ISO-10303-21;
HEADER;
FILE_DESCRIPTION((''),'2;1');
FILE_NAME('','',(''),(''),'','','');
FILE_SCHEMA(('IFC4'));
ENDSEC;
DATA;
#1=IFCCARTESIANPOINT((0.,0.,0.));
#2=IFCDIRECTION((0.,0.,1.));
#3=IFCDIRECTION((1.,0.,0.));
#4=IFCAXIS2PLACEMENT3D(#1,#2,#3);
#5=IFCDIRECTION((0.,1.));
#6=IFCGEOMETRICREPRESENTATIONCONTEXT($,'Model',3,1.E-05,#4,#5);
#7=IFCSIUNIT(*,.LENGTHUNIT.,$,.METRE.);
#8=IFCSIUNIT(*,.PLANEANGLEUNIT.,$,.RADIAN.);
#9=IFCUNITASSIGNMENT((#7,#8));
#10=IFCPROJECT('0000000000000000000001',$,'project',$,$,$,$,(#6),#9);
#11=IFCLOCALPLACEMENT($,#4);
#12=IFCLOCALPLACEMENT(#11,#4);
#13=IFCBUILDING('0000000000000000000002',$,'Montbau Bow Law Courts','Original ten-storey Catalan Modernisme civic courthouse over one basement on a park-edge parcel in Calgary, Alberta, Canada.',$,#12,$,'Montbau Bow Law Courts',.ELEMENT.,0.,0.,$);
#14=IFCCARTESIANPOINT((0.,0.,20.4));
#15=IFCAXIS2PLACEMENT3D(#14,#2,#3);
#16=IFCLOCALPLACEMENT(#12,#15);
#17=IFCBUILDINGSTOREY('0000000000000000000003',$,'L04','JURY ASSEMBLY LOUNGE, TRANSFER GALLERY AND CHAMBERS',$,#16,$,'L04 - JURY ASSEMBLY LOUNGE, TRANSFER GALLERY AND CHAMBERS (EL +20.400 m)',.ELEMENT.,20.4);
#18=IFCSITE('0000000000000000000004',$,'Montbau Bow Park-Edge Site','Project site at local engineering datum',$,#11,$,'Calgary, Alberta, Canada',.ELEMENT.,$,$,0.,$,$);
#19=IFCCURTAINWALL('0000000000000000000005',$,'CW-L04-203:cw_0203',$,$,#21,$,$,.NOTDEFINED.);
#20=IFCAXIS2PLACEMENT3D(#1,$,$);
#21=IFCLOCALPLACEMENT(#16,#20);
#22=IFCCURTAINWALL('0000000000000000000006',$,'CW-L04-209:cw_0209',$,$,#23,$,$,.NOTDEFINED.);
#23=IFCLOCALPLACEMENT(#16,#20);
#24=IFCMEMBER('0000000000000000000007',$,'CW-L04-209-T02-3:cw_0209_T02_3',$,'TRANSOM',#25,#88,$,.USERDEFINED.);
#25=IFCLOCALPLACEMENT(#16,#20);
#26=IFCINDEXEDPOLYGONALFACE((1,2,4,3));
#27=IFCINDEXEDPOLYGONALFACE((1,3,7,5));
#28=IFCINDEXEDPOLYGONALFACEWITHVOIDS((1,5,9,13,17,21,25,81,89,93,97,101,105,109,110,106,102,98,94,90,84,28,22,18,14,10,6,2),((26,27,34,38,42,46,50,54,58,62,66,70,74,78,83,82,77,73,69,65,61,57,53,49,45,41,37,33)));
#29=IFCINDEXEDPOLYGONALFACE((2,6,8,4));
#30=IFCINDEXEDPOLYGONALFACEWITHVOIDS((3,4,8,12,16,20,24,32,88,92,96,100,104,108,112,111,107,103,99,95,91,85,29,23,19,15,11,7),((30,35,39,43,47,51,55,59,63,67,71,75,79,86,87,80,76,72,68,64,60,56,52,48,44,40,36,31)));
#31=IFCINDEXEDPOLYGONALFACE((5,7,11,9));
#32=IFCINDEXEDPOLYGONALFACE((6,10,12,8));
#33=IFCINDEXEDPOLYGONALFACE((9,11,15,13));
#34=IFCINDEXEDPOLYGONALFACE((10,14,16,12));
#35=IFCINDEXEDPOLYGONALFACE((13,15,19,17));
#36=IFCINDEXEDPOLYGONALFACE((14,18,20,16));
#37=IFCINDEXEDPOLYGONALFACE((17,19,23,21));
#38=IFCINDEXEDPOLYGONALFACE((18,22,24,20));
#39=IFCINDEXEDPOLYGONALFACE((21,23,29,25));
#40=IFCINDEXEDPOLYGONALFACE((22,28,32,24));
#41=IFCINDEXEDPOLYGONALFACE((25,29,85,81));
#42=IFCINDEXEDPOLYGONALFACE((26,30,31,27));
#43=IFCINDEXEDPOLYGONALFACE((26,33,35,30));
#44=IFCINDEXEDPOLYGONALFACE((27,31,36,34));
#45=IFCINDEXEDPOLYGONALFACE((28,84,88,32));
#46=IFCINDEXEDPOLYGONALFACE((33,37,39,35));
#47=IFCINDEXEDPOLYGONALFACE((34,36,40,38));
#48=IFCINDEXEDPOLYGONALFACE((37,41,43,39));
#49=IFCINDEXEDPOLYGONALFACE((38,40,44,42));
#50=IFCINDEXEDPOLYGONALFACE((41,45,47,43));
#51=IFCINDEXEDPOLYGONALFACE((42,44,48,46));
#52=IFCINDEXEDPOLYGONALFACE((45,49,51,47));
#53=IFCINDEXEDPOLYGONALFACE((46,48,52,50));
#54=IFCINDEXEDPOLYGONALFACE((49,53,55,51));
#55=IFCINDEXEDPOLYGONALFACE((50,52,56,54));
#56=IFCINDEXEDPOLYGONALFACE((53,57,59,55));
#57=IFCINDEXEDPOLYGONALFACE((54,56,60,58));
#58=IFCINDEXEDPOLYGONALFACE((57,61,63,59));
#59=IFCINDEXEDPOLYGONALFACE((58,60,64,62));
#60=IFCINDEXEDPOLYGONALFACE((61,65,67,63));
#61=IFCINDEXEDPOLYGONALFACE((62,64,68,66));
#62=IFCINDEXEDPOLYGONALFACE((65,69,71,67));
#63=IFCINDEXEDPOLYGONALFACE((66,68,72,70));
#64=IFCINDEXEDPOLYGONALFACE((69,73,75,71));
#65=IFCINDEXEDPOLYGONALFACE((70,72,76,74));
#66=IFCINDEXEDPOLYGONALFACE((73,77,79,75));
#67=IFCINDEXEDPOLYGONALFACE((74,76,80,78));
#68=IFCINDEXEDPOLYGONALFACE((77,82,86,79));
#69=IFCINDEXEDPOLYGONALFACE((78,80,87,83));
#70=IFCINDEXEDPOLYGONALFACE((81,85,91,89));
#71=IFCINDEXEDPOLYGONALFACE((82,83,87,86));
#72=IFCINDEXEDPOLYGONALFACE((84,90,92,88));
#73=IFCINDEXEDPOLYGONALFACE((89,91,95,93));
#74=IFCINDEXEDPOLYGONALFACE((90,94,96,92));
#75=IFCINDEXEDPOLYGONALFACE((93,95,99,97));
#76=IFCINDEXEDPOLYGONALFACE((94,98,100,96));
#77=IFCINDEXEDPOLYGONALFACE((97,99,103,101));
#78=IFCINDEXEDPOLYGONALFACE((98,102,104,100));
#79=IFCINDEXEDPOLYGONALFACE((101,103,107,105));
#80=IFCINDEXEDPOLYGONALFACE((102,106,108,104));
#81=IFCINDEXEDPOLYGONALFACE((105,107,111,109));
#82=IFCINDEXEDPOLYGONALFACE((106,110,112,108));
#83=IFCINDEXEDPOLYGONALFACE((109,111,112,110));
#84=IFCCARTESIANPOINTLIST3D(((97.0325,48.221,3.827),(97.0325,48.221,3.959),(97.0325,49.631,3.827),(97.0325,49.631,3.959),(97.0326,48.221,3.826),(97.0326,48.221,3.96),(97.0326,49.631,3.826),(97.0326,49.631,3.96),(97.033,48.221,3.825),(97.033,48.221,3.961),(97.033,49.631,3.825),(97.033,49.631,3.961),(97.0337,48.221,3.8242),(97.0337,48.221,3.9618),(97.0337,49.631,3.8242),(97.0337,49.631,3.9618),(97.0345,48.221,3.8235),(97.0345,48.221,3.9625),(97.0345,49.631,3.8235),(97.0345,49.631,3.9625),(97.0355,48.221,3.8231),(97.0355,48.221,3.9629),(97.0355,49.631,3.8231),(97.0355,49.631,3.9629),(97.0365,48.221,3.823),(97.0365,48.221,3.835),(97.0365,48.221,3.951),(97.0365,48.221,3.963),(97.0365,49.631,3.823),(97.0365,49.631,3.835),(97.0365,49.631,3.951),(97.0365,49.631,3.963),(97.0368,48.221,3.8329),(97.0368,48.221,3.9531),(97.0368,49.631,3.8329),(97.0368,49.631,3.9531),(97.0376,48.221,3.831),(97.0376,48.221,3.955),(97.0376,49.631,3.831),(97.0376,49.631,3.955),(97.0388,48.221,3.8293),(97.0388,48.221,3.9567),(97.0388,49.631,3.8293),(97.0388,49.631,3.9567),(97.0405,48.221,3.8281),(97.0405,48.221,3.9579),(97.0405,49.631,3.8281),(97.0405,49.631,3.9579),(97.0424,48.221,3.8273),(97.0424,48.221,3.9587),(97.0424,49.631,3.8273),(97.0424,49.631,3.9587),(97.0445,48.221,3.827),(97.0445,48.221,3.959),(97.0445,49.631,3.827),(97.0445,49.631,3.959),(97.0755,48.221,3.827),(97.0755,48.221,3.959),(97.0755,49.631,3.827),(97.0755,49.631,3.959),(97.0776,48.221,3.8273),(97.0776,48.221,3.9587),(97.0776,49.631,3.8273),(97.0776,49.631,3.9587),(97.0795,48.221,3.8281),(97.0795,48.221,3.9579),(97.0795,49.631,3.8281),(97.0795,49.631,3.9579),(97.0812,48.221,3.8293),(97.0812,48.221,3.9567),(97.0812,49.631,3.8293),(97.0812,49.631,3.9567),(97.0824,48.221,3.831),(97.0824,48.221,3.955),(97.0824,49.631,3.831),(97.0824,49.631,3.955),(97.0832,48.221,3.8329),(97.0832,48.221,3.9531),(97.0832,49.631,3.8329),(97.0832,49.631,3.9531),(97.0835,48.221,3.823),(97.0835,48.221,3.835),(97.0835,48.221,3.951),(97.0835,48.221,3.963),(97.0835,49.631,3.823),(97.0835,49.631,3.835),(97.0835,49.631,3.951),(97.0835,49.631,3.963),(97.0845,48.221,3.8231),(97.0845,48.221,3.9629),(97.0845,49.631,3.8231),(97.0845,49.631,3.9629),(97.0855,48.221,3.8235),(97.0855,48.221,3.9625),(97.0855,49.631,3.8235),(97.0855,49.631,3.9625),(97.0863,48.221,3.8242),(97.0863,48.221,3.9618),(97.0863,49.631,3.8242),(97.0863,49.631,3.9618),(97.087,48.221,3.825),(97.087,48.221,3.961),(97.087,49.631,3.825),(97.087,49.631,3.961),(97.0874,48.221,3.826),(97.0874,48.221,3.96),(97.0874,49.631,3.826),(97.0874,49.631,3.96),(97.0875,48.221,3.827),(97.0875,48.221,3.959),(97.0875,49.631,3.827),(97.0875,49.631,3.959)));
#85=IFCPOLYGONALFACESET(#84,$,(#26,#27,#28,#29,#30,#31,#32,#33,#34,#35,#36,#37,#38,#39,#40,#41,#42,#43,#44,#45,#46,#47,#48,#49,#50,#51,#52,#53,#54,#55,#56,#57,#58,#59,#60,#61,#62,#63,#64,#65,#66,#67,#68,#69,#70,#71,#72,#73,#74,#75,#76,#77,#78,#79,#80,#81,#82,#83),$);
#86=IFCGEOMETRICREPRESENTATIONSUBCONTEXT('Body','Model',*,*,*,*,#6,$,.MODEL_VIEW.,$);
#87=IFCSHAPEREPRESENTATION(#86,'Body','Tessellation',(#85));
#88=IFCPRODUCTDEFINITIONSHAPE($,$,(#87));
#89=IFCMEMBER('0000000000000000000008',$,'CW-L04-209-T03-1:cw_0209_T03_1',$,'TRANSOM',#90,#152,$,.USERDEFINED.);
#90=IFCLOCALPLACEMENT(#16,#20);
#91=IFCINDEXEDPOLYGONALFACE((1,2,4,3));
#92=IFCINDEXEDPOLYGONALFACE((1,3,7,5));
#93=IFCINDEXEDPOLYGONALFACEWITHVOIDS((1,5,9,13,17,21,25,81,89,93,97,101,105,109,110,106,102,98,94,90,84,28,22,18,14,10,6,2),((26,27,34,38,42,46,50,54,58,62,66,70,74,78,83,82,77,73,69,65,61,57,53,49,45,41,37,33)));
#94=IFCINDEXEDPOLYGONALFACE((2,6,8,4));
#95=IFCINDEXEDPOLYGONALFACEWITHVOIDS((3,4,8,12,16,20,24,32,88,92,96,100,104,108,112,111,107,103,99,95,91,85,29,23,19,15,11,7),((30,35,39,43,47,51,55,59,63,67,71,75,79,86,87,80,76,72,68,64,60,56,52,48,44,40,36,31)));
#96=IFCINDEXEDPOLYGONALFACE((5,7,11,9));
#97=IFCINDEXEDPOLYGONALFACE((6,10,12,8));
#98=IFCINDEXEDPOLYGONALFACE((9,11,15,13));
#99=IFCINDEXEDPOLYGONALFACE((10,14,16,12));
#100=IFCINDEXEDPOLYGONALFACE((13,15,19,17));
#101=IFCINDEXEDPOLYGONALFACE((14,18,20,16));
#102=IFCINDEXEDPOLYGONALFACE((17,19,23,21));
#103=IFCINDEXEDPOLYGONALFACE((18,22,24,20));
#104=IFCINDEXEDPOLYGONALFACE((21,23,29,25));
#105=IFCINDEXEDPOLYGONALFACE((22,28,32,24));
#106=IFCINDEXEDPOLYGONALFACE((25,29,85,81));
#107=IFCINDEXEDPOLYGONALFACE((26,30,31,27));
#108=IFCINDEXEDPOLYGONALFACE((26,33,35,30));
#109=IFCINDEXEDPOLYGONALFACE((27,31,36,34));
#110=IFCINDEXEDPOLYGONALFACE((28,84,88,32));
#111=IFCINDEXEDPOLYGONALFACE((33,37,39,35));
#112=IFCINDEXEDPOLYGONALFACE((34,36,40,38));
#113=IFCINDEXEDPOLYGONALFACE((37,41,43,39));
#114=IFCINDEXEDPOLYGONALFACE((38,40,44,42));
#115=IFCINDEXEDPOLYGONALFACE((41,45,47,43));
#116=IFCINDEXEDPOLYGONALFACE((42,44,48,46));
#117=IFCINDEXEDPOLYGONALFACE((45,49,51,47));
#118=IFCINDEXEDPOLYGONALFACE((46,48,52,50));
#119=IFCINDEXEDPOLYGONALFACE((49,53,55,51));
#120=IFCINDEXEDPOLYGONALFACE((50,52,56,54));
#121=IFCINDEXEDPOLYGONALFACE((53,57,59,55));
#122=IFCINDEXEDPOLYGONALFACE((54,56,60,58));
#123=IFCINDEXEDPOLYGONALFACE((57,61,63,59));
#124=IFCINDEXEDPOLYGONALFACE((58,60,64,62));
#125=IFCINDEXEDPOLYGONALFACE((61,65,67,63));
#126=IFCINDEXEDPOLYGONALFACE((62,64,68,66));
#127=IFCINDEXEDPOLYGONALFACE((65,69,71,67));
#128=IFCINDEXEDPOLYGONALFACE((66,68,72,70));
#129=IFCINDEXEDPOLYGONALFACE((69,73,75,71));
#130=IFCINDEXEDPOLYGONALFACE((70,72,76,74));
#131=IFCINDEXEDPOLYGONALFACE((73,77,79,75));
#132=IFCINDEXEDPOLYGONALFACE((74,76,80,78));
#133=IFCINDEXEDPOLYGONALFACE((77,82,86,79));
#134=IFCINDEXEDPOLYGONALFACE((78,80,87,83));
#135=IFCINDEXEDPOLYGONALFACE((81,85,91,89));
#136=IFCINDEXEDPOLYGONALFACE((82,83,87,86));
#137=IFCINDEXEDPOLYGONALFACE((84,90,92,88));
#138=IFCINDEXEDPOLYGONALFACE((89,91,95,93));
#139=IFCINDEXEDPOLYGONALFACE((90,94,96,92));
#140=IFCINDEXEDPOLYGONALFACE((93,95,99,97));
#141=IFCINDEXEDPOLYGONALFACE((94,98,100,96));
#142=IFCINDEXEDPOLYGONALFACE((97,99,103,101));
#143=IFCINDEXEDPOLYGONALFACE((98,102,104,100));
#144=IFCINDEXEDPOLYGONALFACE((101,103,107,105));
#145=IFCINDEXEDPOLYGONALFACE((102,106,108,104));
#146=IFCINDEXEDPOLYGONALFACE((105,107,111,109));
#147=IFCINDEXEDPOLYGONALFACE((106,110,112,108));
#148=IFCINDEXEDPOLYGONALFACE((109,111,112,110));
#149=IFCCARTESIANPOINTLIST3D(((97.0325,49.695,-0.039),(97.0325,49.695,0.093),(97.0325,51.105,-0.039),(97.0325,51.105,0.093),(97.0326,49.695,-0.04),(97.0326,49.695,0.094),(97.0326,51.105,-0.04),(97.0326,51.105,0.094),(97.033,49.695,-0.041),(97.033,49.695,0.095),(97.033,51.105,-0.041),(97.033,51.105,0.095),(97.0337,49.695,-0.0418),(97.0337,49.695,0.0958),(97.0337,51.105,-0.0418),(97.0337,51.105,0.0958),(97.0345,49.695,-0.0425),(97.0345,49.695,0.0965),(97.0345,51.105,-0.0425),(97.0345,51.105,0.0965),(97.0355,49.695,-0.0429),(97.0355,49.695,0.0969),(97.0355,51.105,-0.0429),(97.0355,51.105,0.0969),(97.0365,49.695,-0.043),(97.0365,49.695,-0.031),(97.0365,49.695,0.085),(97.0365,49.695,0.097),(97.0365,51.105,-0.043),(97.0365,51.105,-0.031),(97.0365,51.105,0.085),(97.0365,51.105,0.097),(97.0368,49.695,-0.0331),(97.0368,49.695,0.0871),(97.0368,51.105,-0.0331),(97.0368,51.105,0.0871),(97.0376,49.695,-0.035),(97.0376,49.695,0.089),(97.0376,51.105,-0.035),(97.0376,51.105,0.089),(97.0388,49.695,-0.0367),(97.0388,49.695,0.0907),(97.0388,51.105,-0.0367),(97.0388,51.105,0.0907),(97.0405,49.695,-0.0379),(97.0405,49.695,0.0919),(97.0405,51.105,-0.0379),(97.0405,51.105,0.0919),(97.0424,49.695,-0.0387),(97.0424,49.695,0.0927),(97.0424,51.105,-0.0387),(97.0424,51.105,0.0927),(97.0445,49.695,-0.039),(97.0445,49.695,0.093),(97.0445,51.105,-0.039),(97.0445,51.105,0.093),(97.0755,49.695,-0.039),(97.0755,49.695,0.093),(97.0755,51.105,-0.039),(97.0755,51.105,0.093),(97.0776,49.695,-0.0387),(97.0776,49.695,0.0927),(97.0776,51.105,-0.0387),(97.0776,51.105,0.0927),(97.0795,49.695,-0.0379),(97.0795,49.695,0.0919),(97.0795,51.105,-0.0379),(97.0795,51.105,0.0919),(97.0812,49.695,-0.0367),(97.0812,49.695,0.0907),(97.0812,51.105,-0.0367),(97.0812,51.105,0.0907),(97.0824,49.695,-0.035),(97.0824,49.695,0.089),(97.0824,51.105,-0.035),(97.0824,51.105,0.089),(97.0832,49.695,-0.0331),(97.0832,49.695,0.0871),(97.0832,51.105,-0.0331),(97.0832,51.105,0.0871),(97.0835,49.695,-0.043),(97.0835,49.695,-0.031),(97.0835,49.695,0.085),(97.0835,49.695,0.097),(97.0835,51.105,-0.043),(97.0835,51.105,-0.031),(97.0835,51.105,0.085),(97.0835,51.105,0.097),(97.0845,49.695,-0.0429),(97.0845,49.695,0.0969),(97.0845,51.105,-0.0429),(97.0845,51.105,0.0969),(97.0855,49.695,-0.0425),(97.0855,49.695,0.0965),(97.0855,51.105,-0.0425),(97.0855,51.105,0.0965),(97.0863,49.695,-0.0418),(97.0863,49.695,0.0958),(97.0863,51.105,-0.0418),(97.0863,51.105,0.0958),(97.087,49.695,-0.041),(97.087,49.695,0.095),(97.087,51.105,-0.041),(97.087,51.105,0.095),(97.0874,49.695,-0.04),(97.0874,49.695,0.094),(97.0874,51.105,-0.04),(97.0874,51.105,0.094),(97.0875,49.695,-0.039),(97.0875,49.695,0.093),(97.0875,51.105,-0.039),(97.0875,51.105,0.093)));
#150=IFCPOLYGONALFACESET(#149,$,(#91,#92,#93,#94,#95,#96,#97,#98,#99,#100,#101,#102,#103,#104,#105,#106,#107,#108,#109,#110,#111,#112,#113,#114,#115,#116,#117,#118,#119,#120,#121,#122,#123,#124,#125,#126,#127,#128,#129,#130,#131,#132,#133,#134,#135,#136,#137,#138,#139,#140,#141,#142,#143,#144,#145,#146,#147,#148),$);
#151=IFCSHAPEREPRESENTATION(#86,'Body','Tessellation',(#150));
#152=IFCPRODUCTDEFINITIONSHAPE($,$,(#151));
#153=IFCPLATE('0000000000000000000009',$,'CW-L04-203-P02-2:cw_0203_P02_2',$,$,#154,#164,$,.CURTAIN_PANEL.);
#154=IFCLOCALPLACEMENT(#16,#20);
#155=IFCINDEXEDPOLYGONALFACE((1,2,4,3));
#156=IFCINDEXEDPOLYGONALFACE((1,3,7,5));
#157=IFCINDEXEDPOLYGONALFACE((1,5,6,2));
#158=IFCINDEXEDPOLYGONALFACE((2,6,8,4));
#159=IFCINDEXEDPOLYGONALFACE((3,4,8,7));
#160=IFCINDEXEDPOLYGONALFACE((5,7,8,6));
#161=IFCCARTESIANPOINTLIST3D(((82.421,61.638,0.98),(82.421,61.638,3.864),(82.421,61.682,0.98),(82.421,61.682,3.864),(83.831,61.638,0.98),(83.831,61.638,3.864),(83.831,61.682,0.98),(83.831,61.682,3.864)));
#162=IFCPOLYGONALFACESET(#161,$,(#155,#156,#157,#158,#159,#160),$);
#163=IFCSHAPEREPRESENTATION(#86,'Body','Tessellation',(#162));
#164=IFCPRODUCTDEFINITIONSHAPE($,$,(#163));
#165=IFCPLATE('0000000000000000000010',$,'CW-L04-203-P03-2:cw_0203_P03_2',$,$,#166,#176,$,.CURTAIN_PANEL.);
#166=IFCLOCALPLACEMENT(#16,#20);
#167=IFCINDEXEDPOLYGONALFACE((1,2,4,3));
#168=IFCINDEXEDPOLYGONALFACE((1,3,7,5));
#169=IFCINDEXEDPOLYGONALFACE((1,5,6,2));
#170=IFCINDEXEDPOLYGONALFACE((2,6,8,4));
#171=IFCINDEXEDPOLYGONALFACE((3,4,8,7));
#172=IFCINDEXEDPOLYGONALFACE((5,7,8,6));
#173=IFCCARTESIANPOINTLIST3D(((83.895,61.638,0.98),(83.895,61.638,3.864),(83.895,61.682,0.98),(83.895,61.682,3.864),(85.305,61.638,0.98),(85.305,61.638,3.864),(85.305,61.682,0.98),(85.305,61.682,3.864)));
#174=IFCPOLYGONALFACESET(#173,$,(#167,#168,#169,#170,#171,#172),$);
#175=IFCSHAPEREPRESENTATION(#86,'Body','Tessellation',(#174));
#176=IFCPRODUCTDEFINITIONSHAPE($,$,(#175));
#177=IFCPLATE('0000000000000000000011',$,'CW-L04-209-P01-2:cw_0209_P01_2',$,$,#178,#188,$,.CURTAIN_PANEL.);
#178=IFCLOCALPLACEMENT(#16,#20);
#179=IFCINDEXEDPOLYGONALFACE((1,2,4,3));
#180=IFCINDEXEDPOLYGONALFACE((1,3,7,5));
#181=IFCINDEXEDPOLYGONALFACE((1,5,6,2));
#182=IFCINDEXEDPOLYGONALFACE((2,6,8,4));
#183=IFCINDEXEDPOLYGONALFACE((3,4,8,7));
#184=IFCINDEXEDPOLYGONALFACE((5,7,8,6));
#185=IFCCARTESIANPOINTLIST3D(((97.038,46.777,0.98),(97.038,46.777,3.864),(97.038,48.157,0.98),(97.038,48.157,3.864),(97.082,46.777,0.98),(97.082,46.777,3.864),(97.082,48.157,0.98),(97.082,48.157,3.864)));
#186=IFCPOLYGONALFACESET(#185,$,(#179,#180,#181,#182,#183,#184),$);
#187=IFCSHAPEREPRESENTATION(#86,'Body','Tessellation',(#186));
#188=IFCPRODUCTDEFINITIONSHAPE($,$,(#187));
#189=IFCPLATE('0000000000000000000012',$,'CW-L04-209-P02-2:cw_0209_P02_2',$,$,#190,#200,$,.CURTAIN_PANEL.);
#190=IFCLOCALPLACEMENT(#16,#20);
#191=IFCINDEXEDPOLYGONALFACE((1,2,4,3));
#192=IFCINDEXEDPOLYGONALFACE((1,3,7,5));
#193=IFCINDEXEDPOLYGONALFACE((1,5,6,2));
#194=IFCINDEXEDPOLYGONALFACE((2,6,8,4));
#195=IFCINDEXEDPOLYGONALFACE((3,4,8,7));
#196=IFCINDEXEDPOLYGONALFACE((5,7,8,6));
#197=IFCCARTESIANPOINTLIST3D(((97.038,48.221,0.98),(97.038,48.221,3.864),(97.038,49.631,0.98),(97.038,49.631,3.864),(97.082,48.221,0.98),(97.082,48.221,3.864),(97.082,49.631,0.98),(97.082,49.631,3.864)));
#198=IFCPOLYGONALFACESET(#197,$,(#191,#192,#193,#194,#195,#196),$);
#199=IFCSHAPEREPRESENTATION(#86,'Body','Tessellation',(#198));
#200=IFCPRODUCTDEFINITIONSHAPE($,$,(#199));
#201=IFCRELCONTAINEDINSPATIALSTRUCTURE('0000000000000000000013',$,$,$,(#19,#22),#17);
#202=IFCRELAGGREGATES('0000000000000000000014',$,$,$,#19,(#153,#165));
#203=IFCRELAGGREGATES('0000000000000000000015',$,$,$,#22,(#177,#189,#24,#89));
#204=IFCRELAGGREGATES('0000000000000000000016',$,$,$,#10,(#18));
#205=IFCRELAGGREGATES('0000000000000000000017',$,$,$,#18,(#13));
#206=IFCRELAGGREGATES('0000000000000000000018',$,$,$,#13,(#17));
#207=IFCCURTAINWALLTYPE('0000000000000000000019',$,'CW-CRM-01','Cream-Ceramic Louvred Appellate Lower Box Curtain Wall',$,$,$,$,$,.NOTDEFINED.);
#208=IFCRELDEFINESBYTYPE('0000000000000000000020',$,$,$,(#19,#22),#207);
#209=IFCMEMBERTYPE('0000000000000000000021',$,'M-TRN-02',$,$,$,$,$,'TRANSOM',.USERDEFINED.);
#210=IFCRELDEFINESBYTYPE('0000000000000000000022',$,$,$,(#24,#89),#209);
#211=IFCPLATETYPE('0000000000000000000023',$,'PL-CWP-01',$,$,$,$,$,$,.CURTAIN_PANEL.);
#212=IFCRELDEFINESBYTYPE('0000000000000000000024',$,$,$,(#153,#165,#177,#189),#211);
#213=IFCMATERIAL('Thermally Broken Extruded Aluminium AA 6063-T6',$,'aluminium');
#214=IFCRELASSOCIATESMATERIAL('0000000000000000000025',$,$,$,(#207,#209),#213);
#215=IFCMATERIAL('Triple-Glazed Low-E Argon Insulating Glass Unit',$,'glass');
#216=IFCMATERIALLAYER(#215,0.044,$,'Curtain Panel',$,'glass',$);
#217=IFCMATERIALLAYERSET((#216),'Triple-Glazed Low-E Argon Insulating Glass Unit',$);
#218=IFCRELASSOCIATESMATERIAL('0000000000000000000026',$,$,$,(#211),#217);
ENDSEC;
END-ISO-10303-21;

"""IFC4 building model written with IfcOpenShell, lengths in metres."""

from ifc_helpers import new_model, si_unit, direction, frame, frame_2d, origin_with_axes, origin_2d_with_axis, place, context, subcontext, project, spatial, rectangle, hollow_rectangle, extrude, material, layer, layer_set, material_profile, profile_set, type_object, element, aggregate, save


model = new_model("IFC4")

# Units and contexts
model_context = context("Model", 3, precision=1e-05, world=origin_with_axes(), true_north=direction((0.0, 1.0)))
body_context = subcontext(model_context, "Body", "Model", "MODEL_VIEW")
ifc_project = project(units=[si_unit("LENGTHUNIT", "METRE"), si_unit("PLANEANGLEUNIT", "RADIAN")], contexts=[model_context])

# Site, building, storey
site_placement = place(None, origin_with_axes())
site = spatial("IfcSite", under=ifc_project, at=site_placement, Name="Montbau Bow Park-Edge Site", Description="Project site at local engineering datum", LongName="Calgary, Alberta, Canada", CompositionType="ELEMENT", RefElevation=0.0)
building_placement = place(site_placement, origin_with_axes())
building = spatial("IfcBuilding", under=site, at=building_placement, Name="Montbau Bow Law Courts", Description="Original ten-storey Catalan Modernisme civic courthouse over one basement on a park-edge parcel in Calgary, Alberta, Canada.", LongName="Montbau Bow Law Courts", CompositionType="ELEMENT", ElevationOfRefHeight=0.0, ElevationOfTerrain=0.0)
storey_placement = place(building_placement, frame((0.0, 0.0, 20.4), z_axis=(0.0, 0.0, 1.0), x_axis=(1.0, 0.0, 0.0)))
storey = spatial("IfcBuildingStorey", under=building, at=storey_placement, Name="L04", Description="JURY ASSEMBLY LOUNGE, TRANSFER GALLERY AND CHAMBERS", LongName="L04 - JURY ASSEMBLY LOUNGE, TRANSFER GALLERY AND CHAMBERS (EL +20.400 m)", CompositionType="ELEMENT", Elevation=20.4)

# Curtain wall
ifc_material_1 = material(Name="Thermally Broken Extruded Aluminium AA 6063-T6", Category="aluminium")
curtain_wall_type = type_object("IfcCurtainWallType", Name="CW-CRM-01", Description="Cream-Ceramic Louvred Appellate Lower Box Curtain Wall", PredefinedType="NOTDEFINED", material=ifc_material_1)
curtain_wall_1_placement = place(None, frame((80.915, 61.66, 20.4), z_axis=(0.0, 0.0, 1.0), x_axis=(1.0, 0.0, 0.0)))
curtain_wall_1 = element("IfcCurtainWall", 1, at=curtain_wall_1_placement, inside=storey, type_object=curtain_wall_type, Name="CW-L04-203:cw_0203", PredefinedType="NOTDEFINED")

# Curtain wall
curtain_wall_2_placement = place(None, frame((97.06, 46.715, 20.4), z_axis=(0.0, 0.0, 1.0), x_axis=(1.0, 0.0, 0.0)))
curtain_wall_2 = element("IfcCurtainWall", 2, at=curtain_wall_2_placement, inside=storey, type_object=curtain_wall_type, Name="CW-L04-209:cw_0209", PredefinedType="NOTDEFINED")

# Members
ifc_material_profile_1 = material_profile(ifc_material_1, hollow_rectangle(XDim=0.055, YDim=0.14, WallThickness=0.004, InnerFilletRadius=0.008, OuterFilletRadius=0.004, at=origin_2d_with_axis()), Name="CWT-140X55", Category="Main", Priority=0)
ifc_profile_set_1 = profile_set([ifc_material_profile_1], Name="Thermally Broken Extruded Aluminium AA 6063-T6")
member_type_1 = type_object("IfcMemberType", Name="M-TRN-02", ElementType="TRANSOM", PredefinedType="USERDEFINED", material=ifc_profile_set_1)
member_1_placement = place(None, frame((97.06, 48.221, 24.293), z_axis=(0.0, 1.0, 0.0), x_axis=(-1.0, 0.0, 0.0)))
member_1 = element("IfcMember", 3, at=member_1_placement, type_object=member_type_1, Name="CW-L04-209-T02-3:cw_0209_T02_3", ObjectType="TRANSOM", PredefinedType="USERDEFINED", context=body_context, shape_type="SweptSolid", body=[
    extrude(hollow_rectangle(XDim=0.055, YDim=0.14, WallThickness=0.004, InnerFilletRadius=0.008, OuterFilletRadius=0.004, at=origin_2d_with_axis()), origin_with_axes(), (0.0, 0.0, 1.0), 1.41),
])
member_2_placement = place(None, frame((97.06, 49.695, 20.427), z_axis=(0.0, 1.0, 0.0), x_axis=(-1.0, 0.0, 0.0)))
member_2 = element("IfcMember", 4, at=member_2_placement, type_object=member_type_1, Name="CW-L04-209-T03-1:cw_0209_T03_1", ObjectType="TRANSOM", PredefinedType="USERDEFINED", context=body_context, shape_type="SweptSolid", body=[
    extrude(hollow_rectangle(XDim=0.055, YDim=0.14, WallThickness=0.004, InnerFilletRadius=0.008, OuterFilletRadius=0.004, at=origin_2d_with_axis()), origin_with_axes(), (0.0, 0.0, 1.0), 1.41),
])

# Plates
ifc_material_2 = material(Name="Triple-Glazed Low-E Argon Insulating Glass Unit", Category="glass")
ifc_layer_1 = layer(ifc_material_2, 0.044, Name="Curtain Panel", Category="glass")
ifc_layer_set_1 = layer_set([ifc_layer_1], Name="Triple-Glazed Low-E Argon Insulating Glass Unit")
plate_type_1 = type_object("IfcPlateType", Name="PL-CWP-01", PredefinedType="CURTAIN_PANEL", material=ifc_layer_set_1)
plate_1_placement = place(None, frame((82.421, 61.66, 21.38), z_axis=(0.0, -1.0, 0.0), x_axis=(1.0, 0.0, 0.0)))
plate_1 = element("IfcPlate", 5, at=plate_1_placement, type_object=plate_type_1, Name="CW-L04-203-P02-2:cw_0203_P02_2", PredefinedType="CURTAIN_PANEL", context=body_context, shape_type="SweptSolid", body=[
    extrude(rectangle(XDim=1.41, YDim=2.884, at=frame_2d((0.705, 1.442), x_axis=(1.0, 0.0))), frame((0.0, 0.0, -0.022), z_axis=(0.0, 0.0, 1.0), x_axis=(1.0, 0.0, 0.0)), (0.0, 0.0, 1.0), 0.044),
])
plate_2_placement = place(None, frame((83.895, 61.66, 21.38), z_axis=(0.0, -1.0, 0.0), x_axis=(1.0, 0.0, 0.0)))
plate_2 = element("IfcPlate", 6, at=plate_2_placement, type_object=plate_type_1, Name="CW-L04-203-P03-2:cw_0203_P03_2", PredefinedType="CURTAIN_PANEL", context=body_context, shape_type="SweptSolid", body=[
    extrude(rectangle(XDim=1.41, YDim=2.884, at=frame_2d((0.705, 1.442), x_axis=(1.0, 0.0))), frame((0.0, 0.0, -0.022), z_axis=(0.0, 0.0, 1.0), x_axis=(1.0, 0.0, 0.0)), (0.0, 0.0, 1.0), 0.044),
])
plate_3_placement = place(None, frame((97.06, 46.777, 21.38), z_axis=(1.0, 0.0, 0.0), x_axis=(0.0, 1.0, 0.0)))
plate_3 = element("IfcPlate", 7, at=plate_3_placement, type_object=plate_type_1, Name="CW-L04-209-P01-2:cw_0209_P01_2", PredefinedType="CURTAIN_PANEL", context=body_context, shape_type="SweptSolid", body=[
    extrude(rectangle(XDim=1.38, YDim=2.884, at=frame_2d((0.69, 1.442), x_axis=(1.0, 0.0))), frame((0.0, 0.0, -0.022), z_axis=(0.0, 0.0, 1.0), x_axis=(1.0, 0.0, 0.0)), (0.0, 0.0, 1.0), 0.044),
])
plate_4_placement = place(None, frame((97.06, 48.221, 21.38), z_axis=(1.0, 0.0, 0.0), x_axis=(0.0, 1.0, 0.0)))
plate_4 = element("IfcPlate", 8, at=plate_4_placement, type_object=plate_type_1, Name="CW-L04-209-P02-2:cw_0209_P02_2", PredefinedType="CURTAIN_PANEL", context=body_context, shape_type="SweptSolid", body=[
    extrude(rectangle(XDim=1.41, YDim=2.884, at=frame_2d((0.705, 1.442), x_axis=(1.0, 0.0))), frame((0.0, 0.0, -0.022), z_axis=(0.0, 0.0, 1.0), x_axis=(1.0, 0.0, 0.0)), (0.0, 0.0, 1.0), 0.044),
])
aggregate(curtain_wall_1, [plate_1, plate_2])
aggregate(curtain_wall_2, [plate_3, plate_4, member_1, member_2])

save(model, "model.ifc")
